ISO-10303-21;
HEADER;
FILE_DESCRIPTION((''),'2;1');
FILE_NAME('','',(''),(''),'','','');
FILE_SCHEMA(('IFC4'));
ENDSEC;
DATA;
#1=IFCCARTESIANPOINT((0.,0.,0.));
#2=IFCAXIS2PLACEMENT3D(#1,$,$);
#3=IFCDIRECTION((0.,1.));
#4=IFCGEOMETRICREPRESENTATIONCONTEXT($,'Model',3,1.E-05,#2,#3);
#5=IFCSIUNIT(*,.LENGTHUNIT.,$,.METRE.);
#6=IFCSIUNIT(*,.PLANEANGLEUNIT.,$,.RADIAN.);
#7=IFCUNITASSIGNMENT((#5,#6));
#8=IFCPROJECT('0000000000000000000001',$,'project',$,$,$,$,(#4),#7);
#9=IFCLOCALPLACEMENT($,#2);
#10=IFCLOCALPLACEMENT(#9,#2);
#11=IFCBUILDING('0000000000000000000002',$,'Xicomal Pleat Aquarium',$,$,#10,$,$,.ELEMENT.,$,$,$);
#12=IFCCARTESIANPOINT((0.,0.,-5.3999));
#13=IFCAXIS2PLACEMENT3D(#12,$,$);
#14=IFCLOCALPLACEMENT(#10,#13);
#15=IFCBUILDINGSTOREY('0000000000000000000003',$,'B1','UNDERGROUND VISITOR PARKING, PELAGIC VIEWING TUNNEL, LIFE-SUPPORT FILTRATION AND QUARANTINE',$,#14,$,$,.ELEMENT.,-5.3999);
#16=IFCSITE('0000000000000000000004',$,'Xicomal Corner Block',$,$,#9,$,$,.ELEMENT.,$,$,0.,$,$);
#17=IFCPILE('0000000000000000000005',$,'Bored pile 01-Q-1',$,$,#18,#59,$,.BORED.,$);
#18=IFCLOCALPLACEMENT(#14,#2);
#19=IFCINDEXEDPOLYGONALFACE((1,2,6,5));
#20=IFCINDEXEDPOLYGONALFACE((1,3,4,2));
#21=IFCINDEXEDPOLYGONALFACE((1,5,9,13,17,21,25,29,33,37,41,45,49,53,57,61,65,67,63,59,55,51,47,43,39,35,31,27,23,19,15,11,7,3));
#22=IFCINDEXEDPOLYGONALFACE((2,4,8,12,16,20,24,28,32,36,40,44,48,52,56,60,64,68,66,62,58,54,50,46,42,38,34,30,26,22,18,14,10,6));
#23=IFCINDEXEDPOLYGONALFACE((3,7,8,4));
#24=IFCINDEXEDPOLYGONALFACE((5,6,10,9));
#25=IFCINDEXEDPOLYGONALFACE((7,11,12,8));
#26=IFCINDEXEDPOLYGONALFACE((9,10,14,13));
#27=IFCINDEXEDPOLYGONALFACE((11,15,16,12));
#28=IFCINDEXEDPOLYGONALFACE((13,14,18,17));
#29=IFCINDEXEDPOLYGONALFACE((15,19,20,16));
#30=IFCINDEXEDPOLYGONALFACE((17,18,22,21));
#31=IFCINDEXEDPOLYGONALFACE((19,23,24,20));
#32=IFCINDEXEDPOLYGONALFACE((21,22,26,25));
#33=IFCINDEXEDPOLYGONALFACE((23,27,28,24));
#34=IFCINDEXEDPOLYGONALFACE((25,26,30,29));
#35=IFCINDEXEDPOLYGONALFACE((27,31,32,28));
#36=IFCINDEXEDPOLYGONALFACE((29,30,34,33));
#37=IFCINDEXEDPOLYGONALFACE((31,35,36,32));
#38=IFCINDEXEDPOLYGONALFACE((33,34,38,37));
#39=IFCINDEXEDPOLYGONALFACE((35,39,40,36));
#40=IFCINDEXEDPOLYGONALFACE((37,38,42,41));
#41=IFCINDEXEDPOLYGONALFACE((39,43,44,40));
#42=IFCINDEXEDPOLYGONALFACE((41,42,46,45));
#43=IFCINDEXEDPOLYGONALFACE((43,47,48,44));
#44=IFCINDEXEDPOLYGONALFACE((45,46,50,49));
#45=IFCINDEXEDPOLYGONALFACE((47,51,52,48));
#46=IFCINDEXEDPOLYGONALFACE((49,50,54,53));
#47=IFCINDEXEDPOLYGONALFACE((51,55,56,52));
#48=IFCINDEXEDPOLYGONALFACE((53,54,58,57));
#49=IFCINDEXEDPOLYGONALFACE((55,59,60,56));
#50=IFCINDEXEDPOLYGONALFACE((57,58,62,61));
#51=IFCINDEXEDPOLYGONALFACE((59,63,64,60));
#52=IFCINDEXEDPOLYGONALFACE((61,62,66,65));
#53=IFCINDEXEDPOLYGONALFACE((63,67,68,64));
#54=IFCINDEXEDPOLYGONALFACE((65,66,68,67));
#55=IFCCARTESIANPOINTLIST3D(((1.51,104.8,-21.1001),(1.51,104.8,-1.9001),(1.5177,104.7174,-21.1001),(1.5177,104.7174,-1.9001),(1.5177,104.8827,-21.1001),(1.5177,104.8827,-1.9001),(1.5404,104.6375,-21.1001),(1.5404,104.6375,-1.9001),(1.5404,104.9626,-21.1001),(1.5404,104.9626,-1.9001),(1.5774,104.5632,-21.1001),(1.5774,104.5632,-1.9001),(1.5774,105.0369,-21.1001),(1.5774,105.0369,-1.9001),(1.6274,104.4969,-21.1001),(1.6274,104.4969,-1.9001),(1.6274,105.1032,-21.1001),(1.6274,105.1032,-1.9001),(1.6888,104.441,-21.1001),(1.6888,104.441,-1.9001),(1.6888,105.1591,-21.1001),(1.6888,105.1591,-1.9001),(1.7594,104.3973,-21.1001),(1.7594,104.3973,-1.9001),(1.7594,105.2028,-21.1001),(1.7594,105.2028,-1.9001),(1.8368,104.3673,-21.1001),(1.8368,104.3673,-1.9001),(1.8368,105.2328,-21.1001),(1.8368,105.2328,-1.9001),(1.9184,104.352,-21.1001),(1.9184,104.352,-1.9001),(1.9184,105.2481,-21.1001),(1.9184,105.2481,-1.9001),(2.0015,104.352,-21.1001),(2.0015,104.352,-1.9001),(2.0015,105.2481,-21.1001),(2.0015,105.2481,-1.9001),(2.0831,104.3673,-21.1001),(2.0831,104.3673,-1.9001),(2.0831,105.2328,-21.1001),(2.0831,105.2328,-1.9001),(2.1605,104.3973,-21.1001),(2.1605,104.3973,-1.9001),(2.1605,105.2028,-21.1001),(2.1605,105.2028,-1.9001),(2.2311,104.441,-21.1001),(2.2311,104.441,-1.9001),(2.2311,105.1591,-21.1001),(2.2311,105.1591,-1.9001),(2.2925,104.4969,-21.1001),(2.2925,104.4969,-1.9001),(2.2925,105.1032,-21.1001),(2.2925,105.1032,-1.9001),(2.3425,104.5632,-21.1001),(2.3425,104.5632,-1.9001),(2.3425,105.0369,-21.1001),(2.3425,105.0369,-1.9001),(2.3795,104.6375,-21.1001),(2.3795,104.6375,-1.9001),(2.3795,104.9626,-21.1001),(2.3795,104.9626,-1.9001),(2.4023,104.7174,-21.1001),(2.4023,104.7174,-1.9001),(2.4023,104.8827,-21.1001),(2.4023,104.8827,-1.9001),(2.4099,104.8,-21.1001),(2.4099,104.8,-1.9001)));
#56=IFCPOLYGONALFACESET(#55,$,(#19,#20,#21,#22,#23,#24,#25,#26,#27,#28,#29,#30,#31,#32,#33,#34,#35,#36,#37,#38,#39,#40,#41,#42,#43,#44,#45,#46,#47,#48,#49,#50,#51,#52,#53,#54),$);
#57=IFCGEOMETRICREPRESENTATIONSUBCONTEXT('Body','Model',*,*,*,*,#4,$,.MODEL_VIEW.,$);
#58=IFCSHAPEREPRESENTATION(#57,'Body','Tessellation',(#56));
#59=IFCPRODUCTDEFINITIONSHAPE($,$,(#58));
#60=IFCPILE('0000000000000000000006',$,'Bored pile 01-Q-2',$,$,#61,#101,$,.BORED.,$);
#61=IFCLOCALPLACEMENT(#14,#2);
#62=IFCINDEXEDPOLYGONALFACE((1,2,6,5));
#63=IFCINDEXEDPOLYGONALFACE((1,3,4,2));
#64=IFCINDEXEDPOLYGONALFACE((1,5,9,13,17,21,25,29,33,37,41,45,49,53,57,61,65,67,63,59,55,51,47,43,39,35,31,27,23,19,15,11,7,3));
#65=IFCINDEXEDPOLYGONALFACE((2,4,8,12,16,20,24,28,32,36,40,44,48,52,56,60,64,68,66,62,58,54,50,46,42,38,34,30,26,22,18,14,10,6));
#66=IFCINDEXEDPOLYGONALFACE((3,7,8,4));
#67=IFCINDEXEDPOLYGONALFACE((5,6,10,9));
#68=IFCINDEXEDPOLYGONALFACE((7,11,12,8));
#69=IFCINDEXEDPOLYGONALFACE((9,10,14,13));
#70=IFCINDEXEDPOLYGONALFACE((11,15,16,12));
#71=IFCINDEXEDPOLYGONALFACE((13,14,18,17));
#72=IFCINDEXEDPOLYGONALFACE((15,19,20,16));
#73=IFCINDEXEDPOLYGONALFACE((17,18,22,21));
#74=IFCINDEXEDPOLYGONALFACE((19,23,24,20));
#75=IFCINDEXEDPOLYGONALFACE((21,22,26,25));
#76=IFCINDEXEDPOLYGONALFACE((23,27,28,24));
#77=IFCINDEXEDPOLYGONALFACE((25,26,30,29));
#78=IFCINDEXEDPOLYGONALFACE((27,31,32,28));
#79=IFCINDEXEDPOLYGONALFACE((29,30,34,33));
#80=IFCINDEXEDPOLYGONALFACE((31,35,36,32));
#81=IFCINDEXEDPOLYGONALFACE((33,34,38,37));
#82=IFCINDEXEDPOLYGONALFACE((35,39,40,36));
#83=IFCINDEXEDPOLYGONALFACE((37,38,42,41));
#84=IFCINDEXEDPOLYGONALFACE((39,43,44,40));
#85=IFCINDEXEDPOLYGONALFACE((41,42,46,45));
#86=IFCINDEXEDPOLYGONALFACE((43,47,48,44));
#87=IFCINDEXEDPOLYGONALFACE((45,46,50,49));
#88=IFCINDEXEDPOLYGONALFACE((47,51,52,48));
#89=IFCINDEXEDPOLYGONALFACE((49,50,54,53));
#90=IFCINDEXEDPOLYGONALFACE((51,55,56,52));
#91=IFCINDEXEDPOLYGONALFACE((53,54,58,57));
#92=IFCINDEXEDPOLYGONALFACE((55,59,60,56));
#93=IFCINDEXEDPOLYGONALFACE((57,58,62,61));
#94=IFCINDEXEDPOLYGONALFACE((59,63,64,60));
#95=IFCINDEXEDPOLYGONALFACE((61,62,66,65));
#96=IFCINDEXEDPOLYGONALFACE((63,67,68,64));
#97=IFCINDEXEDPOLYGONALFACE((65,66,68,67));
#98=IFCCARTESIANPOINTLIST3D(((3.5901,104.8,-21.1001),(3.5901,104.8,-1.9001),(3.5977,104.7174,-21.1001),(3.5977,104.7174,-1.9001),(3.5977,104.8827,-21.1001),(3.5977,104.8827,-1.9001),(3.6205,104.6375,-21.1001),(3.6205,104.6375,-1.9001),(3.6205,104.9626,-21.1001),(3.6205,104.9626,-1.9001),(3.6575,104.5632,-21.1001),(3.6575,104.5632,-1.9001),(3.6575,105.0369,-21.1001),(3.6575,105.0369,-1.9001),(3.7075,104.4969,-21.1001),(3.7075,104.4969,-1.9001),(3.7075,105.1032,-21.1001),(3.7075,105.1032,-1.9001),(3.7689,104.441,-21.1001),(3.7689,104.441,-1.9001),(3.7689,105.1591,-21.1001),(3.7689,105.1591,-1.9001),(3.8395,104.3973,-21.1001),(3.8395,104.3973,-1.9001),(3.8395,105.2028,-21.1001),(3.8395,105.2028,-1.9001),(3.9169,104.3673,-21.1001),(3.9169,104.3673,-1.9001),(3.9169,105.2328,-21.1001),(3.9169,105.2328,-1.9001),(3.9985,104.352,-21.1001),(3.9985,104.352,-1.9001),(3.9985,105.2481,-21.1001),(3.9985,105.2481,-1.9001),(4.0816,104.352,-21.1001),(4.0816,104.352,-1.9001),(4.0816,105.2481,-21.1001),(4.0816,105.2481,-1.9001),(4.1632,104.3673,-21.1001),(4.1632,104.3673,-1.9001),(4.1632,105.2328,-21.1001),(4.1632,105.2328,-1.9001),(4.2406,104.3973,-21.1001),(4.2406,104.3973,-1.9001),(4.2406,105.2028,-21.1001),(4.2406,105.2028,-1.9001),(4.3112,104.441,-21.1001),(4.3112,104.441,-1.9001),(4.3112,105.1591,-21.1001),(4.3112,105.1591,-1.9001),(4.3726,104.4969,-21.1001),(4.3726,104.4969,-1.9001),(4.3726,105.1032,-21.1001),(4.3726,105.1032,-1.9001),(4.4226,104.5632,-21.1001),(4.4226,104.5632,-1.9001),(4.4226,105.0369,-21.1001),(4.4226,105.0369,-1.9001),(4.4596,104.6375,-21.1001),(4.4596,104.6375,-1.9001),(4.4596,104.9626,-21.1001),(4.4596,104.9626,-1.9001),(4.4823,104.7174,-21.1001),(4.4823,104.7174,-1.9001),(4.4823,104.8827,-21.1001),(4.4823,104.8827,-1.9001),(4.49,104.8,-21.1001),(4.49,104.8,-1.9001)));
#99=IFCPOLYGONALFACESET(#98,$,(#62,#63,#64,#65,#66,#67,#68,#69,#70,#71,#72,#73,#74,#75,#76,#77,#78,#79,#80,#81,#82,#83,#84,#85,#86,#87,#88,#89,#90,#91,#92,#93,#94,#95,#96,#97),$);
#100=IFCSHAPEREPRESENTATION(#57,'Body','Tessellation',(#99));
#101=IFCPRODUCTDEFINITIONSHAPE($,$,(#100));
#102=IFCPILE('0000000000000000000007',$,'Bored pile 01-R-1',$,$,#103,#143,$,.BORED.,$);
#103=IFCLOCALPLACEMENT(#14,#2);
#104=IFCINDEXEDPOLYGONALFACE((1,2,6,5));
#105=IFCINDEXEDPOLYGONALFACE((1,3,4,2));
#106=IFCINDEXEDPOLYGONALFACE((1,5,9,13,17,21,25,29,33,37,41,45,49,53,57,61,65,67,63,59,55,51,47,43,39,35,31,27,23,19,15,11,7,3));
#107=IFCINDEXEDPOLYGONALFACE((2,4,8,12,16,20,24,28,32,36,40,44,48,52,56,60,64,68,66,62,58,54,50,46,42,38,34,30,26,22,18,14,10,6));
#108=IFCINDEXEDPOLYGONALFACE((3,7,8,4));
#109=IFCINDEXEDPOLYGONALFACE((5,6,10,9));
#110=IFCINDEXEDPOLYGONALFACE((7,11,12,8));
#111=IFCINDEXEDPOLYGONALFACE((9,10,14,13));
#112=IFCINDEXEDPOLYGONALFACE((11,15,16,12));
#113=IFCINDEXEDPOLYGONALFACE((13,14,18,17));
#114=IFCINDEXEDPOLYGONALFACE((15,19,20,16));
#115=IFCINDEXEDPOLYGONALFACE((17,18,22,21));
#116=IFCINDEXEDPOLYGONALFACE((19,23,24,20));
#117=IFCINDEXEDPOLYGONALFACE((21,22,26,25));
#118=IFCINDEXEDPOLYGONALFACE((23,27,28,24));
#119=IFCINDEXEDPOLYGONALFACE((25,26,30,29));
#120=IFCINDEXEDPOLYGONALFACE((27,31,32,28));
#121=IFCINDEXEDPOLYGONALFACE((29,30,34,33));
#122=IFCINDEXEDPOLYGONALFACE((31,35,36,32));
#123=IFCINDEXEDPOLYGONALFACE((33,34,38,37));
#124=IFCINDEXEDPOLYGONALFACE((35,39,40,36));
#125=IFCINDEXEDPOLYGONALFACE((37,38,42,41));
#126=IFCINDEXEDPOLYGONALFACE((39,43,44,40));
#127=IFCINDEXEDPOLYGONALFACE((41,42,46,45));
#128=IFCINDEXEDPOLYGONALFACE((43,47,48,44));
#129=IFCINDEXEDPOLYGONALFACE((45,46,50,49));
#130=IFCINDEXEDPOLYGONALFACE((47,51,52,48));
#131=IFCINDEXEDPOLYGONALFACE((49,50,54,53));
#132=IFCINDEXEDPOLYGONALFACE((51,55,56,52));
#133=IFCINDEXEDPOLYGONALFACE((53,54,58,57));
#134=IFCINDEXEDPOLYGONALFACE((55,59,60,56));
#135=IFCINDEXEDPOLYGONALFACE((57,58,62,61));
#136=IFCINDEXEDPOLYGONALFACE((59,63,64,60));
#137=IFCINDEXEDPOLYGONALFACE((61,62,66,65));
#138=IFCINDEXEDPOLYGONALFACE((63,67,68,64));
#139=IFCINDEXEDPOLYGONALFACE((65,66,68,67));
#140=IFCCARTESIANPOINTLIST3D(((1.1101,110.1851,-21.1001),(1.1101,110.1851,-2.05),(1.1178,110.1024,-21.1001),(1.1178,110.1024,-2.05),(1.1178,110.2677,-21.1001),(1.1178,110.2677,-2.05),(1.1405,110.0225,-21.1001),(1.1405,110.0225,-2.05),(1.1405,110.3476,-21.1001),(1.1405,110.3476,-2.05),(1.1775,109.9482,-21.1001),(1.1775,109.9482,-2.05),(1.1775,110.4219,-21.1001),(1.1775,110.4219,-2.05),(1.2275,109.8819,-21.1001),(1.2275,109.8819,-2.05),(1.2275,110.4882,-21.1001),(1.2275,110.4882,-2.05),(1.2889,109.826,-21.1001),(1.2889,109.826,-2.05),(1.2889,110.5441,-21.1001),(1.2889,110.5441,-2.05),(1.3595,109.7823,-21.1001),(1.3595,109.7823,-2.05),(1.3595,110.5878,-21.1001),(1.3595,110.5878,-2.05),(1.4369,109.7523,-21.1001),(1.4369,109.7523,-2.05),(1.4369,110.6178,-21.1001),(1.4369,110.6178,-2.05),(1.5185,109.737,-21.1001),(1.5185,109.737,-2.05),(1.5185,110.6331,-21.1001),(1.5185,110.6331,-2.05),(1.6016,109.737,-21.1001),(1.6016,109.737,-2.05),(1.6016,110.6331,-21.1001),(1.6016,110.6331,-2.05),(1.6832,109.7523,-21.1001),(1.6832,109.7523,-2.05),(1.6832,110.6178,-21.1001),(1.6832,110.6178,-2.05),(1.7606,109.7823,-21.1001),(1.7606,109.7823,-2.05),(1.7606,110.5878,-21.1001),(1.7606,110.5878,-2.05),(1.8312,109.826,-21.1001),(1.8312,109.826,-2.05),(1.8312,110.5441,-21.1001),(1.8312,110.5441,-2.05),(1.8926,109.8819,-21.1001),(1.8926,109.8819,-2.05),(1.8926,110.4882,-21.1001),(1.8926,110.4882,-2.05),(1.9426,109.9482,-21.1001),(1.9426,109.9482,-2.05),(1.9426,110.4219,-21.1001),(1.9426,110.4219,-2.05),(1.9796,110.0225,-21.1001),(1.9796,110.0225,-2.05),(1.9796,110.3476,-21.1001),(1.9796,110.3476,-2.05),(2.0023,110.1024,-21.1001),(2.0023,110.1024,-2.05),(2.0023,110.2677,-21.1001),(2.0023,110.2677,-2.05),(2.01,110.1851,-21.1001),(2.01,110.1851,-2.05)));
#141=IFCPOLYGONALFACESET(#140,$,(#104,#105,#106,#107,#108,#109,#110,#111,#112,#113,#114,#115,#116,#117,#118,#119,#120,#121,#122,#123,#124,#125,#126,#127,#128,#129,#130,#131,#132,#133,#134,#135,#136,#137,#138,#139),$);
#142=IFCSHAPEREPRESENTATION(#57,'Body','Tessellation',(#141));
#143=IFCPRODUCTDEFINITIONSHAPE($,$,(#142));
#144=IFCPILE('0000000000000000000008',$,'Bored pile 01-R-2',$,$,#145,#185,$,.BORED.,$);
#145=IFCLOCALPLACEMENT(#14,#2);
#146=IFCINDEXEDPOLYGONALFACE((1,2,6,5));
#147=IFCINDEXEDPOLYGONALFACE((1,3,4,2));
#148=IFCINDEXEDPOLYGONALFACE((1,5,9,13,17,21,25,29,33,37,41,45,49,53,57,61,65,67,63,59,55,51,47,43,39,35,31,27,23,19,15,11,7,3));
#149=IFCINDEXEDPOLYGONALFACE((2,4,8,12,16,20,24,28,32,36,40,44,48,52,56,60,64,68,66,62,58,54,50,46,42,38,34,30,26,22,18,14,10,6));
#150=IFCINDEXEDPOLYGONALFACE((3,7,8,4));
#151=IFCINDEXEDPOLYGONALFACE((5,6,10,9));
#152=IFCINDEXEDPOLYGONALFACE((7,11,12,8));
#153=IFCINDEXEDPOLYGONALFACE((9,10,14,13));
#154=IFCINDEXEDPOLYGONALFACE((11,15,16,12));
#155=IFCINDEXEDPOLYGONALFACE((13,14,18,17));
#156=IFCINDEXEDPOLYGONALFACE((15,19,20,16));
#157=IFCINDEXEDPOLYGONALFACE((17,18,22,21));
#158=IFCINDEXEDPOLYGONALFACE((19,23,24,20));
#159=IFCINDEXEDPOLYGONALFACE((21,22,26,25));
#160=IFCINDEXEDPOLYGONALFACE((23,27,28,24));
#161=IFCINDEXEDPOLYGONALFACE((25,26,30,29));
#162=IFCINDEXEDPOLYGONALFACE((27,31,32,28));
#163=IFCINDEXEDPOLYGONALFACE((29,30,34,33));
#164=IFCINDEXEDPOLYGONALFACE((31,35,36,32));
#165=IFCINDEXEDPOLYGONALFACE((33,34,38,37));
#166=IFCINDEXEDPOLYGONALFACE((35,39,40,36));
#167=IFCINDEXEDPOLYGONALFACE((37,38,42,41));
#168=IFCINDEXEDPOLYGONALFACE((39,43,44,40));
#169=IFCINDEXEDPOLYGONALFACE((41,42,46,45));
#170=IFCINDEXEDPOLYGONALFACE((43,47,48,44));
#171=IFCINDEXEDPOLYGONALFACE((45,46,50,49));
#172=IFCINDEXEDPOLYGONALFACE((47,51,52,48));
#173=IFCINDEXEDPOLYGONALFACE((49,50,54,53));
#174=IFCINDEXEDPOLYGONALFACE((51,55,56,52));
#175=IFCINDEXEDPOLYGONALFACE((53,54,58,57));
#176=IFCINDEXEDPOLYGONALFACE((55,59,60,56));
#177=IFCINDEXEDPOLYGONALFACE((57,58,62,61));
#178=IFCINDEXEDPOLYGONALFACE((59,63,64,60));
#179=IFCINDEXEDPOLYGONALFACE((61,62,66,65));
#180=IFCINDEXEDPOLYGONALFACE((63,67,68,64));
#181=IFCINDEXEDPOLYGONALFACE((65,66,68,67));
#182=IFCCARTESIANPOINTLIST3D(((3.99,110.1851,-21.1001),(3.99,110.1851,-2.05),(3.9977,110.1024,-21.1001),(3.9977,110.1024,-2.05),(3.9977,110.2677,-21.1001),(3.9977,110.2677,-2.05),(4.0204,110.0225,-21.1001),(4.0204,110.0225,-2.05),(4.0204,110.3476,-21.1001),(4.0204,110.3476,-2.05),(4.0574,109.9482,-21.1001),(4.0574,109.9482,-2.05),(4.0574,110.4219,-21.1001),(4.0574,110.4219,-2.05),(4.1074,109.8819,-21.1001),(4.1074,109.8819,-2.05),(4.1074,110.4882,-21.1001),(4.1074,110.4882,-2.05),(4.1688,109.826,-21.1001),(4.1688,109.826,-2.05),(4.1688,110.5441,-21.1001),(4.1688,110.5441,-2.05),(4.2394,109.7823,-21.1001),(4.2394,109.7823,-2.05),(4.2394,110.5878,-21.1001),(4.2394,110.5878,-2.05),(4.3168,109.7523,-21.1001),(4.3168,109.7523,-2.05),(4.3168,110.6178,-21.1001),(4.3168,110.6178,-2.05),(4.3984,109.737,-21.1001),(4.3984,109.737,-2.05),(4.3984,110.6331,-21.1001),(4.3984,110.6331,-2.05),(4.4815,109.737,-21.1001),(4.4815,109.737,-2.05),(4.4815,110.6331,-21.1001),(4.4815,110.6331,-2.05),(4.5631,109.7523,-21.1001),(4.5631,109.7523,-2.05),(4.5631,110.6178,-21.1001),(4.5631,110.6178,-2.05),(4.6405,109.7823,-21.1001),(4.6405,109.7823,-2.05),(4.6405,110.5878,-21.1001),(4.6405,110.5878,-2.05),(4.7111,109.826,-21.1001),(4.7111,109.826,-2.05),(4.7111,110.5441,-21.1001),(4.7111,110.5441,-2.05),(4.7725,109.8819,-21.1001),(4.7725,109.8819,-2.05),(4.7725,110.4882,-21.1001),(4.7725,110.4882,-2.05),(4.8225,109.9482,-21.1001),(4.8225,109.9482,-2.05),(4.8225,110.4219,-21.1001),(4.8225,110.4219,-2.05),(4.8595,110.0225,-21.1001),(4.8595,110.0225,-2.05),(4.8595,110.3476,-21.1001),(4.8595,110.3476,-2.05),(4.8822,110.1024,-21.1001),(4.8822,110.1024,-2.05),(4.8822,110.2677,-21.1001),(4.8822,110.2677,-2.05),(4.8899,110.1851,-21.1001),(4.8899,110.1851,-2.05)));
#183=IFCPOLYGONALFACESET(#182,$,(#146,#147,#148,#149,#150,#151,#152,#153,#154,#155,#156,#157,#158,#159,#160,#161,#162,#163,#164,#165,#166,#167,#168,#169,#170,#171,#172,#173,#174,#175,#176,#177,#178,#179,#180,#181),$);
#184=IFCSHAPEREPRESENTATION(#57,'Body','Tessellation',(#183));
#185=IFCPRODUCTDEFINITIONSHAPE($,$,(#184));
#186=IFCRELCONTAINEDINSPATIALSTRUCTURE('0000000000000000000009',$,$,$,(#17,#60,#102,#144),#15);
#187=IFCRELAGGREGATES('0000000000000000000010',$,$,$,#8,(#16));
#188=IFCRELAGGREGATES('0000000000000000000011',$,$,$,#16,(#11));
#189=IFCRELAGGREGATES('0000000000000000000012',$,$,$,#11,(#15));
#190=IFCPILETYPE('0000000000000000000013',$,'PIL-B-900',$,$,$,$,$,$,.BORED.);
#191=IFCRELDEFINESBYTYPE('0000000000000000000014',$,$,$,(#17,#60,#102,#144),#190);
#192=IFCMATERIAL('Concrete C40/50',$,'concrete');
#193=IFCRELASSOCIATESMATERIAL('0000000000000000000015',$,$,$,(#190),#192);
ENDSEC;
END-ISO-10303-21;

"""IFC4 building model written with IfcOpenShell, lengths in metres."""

from ifc_helpers import new_model, si_unit, direction, frame, origin, origin_2d, place, context, subcontext, project, spatial, circle, extrude, material, material_profile, profile_set, type_object, element, save


model = new_model("IFC4")

# Units and contexts
model_context = context("Model", 3, precision=1e-05, world=origin(), true_north=direction((0.0, 1.0)))
body_context = subcontext(model_context, "Body", "Model", "MODEL_VIEW")
ifc_project = project(units=[si_unit("LENGTHUNIT", "METRE"), si_unit("PLANEANGLEUNIT", "RADIAN")], contexts=[model_context])

# Site, building, storey
site_placement = place(None, origin())
site = spatial("IfcSite", under=ifc_project, at=site_placement, Name="Xicomal Corner Block", CompositionType="ELEMENT", RefElevation=0.0)
building_placement = place(site_placement, origin())
building = spatial("IfcBuilding", under=site, at=building_placement, Name="Xicomal Pleat Aquarium", CompositionType="ELEMENT")
storey_placement = place(building_placement, frame((0.0, 0.0, -5.3999)))
storey = spatial("IfcBuildingStorey", under=building, at=storey_placement, Name="B1", Description="UNDERGROUND VISITOR PARKING, PELAGIC VIEWING TUNNEL, LIFE-SUPPORT FILTRATION AND QUARANTINE", CompositionType="ELEMENT", Elevation=-5.3999)

# Piles
ifc_material_1 = material(Name="Concrete C40/50", Category="concrete")
ifc_material_profile_1 = material_profile(ifc_material_1, circle(Radius=0.45, at=origin_2d()), Name="BORED PILE D900")
ifc_profile_set_1 = profile_set([ifc_material_profile_1], Name="Concrete C40/50")
pile_type_1 = type_object("IfcPileType", Name="PIL-B-900", PredefinedType="BORED", material=ifc_profile_set_1)
for number, where, z_axis, x_axis, name in (
    (1, (1.96, 104.8, -1.9001), (0.0, 0.0, -1.0), (1.0, 0.0, 0.0), "Bored pile 01-Q-1"),
    (2, (4.04, 104.8, -1.9001), (0.0, 0.0, -1.0), (1.0, 0.0, 0.0), "Bored pile 01-Q-2"),
):
    element("IfcPile", number, at=place(storey_placement, frame(where, z_axis=z_axis, x_axis=x_axis)), inside=storey, type_object=pile_type_1, Name=name, PredefinedType="BORED", context=body_context, shape_type="SweptSolid", body=[
        extrude(circle(Radius=0.45, at=origin_2d()), origin(), (0.0, 0.0, 1.0), 19.2),
    ])
for number, where, z_axis, x_axis, name in (
    (3, (1.5601, 110.1851, -2.05), (0.0, 0.0, -1.0), (1.0, 0.0, 0.0), "Bored pile 01-R-1"),
    (4, (4.4399, 110.1851, -2.05), (0.0, 0.0, -1.0), (1.0, 0.0, 0.0), "Bored pile 01-R-2"),
):
    element("IfcPile", number, at=place(storey_placement, frame(where, z_axis=z_axis, x_axis=x_axis)), inside=storey, type_object=pile_type_1, Name=name, PredefinedType="BORED", context=body_context, shape_type="SweptSolid", body=[
        extrude(circle(Radius=0.45, at=origin_2d()), origin(), (0.0, 0.0, 1.0), 19.05),
    ])

save(model, "model.ifc")
